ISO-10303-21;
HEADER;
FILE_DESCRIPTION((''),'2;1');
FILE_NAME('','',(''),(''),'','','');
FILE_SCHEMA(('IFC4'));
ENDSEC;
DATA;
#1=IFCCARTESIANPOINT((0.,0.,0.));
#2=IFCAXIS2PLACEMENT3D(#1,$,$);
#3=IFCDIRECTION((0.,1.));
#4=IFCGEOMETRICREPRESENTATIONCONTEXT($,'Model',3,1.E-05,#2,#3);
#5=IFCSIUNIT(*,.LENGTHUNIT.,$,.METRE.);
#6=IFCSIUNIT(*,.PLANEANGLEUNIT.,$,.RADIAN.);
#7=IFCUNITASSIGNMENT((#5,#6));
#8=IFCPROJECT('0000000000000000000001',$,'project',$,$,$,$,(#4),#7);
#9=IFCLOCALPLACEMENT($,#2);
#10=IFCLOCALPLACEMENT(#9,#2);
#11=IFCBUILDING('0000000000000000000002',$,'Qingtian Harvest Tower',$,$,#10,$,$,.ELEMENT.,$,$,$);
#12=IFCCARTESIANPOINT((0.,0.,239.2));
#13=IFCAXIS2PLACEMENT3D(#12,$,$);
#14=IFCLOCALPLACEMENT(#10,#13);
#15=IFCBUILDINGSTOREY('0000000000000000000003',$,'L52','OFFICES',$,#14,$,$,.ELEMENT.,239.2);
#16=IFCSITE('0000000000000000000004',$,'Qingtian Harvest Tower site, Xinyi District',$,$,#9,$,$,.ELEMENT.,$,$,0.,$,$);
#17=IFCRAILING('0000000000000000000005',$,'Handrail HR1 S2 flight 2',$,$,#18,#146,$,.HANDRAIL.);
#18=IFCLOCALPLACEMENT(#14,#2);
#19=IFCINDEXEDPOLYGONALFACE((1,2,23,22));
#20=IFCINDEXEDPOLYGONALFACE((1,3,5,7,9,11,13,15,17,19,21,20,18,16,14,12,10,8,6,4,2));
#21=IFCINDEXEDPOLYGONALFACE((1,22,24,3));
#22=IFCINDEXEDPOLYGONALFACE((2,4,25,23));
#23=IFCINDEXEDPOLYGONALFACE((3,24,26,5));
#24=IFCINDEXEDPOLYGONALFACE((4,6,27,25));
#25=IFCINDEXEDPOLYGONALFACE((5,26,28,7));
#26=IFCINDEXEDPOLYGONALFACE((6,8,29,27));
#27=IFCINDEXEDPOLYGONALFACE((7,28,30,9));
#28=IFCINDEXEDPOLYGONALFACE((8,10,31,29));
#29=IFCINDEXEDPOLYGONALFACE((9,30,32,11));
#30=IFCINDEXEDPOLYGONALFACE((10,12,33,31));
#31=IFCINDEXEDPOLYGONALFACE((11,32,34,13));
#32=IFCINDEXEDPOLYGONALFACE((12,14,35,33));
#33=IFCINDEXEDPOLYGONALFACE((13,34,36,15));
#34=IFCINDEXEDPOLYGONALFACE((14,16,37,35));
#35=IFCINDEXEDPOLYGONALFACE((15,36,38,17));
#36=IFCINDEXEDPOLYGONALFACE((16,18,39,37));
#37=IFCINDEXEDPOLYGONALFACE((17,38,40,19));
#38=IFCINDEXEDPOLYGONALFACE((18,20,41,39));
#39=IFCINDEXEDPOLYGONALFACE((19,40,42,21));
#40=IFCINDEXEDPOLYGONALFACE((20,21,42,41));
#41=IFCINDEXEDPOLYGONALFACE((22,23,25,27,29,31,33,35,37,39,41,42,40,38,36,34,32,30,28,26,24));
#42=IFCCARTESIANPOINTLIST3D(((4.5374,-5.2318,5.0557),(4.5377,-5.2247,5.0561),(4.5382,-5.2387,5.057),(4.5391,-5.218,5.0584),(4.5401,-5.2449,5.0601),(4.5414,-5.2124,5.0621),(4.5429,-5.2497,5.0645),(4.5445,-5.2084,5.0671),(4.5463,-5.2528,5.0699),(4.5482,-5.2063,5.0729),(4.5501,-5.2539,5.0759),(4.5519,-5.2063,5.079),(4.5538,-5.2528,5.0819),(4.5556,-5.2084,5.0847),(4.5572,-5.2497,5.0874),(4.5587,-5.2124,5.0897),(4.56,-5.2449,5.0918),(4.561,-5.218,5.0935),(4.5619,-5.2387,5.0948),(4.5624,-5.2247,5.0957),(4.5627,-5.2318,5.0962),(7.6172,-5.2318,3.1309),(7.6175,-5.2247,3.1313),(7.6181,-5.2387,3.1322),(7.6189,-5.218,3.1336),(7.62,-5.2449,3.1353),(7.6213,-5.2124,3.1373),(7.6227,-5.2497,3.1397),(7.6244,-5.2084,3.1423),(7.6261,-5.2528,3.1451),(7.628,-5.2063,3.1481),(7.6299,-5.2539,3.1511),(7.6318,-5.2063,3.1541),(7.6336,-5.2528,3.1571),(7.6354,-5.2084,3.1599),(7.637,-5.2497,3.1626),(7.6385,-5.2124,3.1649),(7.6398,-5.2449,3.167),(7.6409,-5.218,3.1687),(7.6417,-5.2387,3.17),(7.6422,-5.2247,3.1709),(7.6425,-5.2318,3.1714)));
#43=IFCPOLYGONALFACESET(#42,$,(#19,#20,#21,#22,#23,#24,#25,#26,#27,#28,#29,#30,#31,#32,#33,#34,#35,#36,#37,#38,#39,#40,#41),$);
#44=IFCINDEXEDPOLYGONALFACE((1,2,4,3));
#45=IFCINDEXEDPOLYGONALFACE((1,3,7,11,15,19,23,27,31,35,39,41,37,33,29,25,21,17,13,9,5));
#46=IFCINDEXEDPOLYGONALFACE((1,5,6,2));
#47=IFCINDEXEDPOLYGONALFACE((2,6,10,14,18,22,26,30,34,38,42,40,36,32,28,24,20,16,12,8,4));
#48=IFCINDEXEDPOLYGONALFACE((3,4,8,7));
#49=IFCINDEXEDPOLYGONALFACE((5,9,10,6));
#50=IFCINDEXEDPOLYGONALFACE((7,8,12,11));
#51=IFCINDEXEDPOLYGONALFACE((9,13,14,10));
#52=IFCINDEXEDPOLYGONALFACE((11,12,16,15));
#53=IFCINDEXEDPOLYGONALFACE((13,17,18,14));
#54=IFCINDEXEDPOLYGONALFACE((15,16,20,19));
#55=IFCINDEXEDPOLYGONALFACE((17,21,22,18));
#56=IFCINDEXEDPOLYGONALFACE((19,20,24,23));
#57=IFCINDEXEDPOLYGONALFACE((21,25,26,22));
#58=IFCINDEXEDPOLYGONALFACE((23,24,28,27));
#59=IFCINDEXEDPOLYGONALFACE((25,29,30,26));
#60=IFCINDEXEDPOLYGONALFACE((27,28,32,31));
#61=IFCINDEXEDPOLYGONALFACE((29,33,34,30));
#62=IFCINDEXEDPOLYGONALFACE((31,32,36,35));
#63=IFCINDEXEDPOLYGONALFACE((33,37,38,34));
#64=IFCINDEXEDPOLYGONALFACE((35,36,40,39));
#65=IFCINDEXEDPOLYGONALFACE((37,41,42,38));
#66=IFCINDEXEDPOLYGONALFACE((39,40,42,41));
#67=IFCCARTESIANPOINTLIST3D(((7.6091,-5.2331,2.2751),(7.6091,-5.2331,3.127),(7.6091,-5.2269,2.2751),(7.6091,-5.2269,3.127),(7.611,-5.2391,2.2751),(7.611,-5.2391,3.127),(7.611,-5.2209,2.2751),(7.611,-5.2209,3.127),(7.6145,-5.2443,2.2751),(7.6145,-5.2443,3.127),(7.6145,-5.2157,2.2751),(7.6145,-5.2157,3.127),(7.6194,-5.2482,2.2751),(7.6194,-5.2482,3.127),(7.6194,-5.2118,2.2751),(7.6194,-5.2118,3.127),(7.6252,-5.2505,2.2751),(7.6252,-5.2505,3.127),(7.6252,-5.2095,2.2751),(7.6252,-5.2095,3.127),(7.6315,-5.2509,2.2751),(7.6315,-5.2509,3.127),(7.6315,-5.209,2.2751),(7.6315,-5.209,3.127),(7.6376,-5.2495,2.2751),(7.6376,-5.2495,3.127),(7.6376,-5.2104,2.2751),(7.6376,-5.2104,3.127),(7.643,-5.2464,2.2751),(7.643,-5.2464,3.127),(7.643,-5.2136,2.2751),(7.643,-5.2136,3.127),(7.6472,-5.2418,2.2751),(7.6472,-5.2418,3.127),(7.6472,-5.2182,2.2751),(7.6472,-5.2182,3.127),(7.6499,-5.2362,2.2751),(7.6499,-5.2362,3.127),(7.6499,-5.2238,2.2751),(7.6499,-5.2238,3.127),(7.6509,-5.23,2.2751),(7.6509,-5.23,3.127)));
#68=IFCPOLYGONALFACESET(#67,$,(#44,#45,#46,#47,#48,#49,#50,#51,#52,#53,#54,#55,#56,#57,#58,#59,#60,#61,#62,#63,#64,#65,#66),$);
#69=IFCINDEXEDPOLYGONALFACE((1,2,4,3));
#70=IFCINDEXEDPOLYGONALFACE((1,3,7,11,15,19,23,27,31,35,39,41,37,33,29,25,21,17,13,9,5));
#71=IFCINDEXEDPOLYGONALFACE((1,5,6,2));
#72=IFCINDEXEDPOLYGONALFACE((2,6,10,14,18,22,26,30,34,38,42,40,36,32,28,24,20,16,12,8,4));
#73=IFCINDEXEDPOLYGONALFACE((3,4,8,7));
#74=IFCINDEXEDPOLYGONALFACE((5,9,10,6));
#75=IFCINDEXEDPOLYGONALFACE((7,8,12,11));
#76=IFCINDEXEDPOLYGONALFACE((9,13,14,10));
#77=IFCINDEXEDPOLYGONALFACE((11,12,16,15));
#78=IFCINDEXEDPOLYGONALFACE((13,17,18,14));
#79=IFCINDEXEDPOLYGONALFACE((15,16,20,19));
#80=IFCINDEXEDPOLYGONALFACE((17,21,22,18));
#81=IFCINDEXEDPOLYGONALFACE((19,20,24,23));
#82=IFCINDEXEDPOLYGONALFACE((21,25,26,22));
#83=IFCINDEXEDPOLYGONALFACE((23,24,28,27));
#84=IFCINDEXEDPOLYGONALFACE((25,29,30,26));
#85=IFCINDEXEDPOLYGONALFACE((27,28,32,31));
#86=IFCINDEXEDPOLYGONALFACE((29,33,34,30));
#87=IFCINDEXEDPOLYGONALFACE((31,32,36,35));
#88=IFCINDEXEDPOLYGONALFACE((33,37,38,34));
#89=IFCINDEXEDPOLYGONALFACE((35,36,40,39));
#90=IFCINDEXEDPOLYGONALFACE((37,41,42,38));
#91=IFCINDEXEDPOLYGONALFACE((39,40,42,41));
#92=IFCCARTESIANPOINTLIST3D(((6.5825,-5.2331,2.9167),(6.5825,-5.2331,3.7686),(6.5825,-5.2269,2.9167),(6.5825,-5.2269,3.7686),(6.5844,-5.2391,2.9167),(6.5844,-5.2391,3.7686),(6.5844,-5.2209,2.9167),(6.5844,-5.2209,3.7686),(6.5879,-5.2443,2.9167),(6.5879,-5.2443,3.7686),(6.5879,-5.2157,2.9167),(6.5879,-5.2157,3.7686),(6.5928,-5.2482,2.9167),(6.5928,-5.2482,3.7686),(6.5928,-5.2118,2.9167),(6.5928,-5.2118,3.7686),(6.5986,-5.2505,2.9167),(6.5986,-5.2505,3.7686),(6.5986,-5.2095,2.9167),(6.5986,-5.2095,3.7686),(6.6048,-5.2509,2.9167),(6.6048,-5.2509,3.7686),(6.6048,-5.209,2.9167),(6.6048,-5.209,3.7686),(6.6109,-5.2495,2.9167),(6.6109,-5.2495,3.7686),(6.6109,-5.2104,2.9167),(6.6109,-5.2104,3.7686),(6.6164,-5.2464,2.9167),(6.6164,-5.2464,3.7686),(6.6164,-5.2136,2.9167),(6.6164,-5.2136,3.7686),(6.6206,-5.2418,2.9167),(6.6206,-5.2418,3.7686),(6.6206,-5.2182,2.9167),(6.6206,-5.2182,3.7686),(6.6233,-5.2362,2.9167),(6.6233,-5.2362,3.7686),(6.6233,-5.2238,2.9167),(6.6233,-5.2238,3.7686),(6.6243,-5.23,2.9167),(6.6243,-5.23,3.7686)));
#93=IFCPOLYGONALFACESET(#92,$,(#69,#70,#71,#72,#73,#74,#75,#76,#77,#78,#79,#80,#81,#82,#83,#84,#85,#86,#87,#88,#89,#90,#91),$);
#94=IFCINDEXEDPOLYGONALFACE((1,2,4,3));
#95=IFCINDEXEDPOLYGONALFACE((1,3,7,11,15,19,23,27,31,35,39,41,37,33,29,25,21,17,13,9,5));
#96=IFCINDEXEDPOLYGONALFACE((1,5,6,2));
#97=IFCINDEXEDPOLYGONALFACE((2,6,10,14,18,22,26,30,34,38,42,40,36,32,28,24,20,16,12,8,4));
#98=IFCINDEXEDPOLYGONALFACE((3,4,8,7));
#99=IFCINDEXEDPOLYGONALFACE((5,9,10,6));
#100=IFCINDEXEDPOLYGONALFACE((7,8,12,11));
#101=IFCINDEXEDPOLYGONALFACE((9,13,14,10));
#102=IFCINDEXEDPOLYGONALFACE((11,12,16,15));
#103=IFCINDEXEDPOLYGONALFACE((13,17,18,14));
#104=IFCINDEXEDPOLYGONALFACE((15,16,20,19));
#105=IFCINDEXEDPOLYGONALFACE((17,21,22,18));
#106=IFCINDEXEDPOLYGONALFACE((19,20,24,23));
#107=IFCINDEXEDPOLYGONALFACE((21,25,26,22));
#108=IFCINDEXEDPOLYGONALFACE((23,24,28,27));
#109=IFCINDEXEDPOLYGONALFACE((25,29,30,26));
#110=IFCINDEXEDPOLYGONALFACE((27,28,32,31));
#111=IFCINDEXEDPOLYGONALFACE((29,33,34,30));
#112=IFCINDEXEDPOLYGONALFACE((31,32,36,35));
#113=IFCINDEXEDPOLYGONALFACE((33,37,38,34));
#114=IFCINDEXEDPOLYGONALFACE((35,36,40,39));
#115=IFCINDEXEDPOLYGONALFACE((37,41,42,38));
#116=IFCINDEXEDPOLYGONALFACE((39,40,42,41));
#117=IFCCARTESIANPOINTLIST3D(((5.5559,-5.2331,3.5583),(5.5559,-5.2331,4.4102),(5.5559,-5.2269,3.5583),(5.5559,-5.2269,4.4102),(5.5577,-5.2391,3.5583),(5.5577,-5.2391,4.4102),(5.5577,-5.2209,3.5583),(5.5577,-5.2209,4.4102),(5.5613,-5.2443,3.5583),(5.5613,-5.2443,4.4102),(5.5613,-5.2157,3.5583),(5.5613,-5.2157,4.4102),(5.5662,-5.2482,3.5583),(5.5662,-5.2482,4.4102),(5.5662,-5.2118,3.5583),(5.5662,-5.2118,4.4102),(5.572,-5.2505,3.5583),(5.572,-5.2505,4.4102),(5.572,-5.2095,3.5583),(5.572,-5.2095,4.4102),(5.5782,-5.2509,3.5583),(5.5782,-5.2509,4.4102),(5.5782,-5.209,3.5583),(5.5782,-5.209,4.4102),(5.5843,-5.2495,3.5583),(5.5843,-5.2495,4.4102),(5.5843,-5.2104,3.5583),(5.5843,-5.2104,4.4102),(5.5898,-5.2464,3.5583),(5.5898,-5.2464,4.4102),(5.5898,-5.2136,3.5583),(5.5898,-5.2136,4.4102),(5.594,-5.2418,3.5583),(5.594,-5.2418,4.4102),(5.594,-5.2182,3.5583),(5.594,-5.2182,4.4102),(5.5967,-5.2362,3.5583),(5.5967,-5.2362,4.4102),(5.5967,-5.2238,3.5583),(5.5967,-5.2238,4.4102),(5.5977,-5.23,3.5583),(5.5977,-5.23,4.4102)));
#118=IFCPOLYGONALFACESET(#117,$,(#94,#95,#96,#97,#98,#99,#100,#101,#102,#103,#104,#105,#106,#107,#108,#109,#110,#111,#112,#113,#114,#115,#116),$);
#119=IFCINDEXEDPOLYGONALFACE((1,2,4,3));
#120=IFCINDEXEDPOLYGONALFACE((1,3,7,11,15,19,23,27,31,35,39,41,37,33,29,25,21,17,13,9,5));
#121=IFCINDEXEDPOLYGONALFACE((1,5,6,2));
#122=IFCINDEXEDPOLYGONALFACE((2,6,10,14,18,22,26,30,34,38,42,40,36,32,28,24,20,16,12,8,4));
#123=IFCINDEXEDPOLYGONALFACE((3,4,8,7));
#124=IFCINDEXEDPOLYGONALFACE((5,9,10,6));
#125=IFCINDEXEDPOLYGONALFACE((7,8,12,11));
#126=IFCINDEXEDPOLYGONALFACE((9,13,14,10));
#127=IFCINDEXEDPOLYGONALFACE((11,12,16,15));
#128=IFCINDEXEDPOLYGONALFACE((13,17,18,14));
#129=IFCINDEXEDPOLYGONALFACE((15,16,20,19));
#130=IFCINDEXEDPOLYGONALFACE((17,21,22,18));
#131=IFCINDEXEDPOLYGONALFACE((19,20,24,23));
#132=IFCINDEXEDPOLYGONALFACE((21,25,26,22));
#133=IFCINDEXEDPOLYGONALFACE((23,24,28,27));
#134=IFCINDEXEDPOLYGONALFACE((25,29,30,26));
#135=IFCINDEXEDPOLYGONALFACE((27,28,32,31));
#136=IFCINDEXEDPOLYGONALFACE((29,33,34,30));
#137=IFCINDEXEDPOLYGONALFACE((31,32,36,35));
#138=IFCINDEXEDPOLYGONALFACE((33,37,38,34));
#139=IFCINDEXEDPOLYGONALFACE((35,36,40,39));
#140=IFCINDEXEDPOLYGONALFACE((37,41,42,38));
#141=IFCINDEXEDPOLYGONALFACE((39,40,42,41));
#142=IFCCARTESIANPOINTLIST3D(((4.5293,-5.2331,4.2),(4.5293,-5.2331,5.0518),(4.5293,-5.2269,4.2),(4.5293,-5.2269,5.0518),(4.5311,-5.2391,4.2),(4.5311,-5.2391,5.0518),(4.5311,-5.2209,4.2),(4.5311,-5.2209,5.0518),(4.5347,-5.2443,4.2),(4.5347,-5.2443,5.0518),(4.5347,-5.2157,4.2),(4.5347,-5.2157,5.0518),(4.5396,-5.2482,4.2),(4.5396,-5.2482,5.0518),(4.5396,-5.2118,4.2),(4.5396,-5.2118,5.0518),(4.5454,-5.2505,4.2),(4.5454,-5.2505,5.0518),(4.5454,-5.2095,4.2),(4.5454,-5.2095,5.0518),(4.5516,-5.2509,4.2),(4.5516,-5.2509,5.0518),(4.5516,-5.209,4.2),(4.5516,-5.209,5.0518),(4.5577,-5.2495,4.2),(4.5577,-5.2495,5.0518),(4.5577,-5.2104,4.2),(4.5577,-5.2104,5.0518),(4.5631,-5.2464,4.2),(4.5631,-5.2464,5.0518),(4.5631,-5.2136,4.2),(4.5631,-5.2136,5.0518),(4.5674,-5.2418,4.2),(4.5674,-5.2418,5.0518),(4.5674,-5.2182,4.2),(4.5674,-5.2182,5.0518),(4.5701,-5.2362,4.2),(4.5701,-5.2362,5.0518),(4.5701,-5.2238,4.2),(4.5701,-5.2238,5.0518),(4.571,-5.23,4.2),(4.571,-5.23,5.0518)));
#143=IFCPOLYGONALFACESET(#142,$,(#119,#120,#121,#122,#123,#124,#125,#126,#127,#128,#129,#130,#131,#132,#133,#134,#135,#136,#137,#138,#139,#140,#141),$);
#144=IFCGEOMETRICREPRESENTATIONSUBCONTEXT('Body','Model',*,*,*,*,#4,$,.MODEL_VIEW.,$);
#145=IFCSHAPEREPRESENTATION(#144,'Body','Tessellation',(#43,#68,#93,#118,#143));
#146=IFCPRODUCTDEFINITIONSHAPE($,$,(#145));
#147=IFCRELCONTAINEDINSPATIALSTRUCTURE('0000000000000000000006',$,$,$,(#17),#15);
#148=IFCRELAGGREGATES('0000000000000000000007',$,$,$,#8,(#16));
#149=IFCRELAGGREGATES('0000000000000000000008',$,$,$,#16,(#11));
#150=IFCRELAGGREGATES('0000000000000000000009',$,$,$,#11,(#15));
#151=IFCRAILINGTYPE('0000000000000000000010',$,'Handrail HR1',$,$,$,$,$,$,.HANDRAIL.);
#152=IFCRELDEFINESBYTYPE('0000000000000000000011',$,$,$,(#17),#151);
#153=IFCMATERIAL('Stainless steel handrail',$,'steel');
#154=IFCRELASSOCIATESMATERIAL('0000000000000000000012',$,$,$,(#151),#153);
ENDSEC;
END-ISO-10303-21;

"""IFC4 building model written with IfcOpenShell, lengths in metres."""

from ifc_helpers import new_model, si_unit, direction, frame, origin, origin_2d, place, context, subcontext, project, spatial, circle, extrude, material, type_object, element, save


model = new_model("IFC4")

# Units and contexts
model_context = context("Model", 3, precision=1e-05, world=origin(), true_north=direction((0.0, 1.0)))
body_context = subcontext(model_context, "Body", "Model", "MODEL_VIEW")
ifc_project = project(units=[si_unit("LENGTHUNIT", "METRE"), si_unit("PLANEANGLEUNIT", "RADIAN")], contexts=[model_context])

# Site, building, storey
site_placement = place(None, origin())
site = spatial("IfcSite", under=ifc_project, at=site_placement, Name="Qingtian Harvest Tower site, Xinyi District", CompositionType="ELEMENT", RefElevation=0.0)
building_placement = place(site_placement, origin())
building = spatial("IfcBuilding", under=site, at=building_placement, Name="Qingtian Harvest Tower", CompositionType="ELEMENT")
storey_placement = place(building_placement, frame((0.0, 0.0, 239.2)))
storey = spatial("IfcBuildingStorey", under=building, at=storey_placement, Name="L52", Description="OFFICES", CompositionType="ELEMENT", Elevation=239.2)

# Railing
ifc_material_1 = material(Name="Stainless steel handrail", Category="steel")
railing_type = type_object("IfcRailingType", Name="Handrail HR1", PredefinedType="HANDRAIL", material=ifc_material_1)
railing_1_placement = place(storey_placement, frame((7.6299, -5.23, 2.2751)))
element("IfcRailing", 1, at=railing_1_placement, inside=storey, type_object=railing_type, Name="Handrail HR1 S2 flight 2", PredefinedType="HANDRAIL", context=body_context, shape_type="SweptSolid", body=[
    extrude(circle(Radius=0.0239, at=origin_2d()), frame((0.0, 0.0, 0.876), z_axis=(-0.84801, 0.0, 0.529981), x_axis=(0.0, -1.0, 0.0)), (0.0, 0.0, 1.0), 3.6318),
    extrude(circle(Radius=0.021, at=origin_2d()), origin(), (0.0, 0.0, 1.0), 0.8518),
    extrude(circle(Radius=0.021, at=origin_2d()), frame((-1.0266, 0.0, 0.6416)), (0.0, 0.0, 1.0), 0.8518),
    extrude(circle(Radius=0.021, at=origin_2d()), frame((-2.0532, 0.0, 1.2832)), (0.0, 0.0, 1.0), 0.8518),
    extrude(circle(Radius=0.021, at=origin_2d()), frame((-3.0798, 0.0, 1.9248)), (0.0, 0.0, 1.0), 0.8518),
])

save(model, "model.ifc")
